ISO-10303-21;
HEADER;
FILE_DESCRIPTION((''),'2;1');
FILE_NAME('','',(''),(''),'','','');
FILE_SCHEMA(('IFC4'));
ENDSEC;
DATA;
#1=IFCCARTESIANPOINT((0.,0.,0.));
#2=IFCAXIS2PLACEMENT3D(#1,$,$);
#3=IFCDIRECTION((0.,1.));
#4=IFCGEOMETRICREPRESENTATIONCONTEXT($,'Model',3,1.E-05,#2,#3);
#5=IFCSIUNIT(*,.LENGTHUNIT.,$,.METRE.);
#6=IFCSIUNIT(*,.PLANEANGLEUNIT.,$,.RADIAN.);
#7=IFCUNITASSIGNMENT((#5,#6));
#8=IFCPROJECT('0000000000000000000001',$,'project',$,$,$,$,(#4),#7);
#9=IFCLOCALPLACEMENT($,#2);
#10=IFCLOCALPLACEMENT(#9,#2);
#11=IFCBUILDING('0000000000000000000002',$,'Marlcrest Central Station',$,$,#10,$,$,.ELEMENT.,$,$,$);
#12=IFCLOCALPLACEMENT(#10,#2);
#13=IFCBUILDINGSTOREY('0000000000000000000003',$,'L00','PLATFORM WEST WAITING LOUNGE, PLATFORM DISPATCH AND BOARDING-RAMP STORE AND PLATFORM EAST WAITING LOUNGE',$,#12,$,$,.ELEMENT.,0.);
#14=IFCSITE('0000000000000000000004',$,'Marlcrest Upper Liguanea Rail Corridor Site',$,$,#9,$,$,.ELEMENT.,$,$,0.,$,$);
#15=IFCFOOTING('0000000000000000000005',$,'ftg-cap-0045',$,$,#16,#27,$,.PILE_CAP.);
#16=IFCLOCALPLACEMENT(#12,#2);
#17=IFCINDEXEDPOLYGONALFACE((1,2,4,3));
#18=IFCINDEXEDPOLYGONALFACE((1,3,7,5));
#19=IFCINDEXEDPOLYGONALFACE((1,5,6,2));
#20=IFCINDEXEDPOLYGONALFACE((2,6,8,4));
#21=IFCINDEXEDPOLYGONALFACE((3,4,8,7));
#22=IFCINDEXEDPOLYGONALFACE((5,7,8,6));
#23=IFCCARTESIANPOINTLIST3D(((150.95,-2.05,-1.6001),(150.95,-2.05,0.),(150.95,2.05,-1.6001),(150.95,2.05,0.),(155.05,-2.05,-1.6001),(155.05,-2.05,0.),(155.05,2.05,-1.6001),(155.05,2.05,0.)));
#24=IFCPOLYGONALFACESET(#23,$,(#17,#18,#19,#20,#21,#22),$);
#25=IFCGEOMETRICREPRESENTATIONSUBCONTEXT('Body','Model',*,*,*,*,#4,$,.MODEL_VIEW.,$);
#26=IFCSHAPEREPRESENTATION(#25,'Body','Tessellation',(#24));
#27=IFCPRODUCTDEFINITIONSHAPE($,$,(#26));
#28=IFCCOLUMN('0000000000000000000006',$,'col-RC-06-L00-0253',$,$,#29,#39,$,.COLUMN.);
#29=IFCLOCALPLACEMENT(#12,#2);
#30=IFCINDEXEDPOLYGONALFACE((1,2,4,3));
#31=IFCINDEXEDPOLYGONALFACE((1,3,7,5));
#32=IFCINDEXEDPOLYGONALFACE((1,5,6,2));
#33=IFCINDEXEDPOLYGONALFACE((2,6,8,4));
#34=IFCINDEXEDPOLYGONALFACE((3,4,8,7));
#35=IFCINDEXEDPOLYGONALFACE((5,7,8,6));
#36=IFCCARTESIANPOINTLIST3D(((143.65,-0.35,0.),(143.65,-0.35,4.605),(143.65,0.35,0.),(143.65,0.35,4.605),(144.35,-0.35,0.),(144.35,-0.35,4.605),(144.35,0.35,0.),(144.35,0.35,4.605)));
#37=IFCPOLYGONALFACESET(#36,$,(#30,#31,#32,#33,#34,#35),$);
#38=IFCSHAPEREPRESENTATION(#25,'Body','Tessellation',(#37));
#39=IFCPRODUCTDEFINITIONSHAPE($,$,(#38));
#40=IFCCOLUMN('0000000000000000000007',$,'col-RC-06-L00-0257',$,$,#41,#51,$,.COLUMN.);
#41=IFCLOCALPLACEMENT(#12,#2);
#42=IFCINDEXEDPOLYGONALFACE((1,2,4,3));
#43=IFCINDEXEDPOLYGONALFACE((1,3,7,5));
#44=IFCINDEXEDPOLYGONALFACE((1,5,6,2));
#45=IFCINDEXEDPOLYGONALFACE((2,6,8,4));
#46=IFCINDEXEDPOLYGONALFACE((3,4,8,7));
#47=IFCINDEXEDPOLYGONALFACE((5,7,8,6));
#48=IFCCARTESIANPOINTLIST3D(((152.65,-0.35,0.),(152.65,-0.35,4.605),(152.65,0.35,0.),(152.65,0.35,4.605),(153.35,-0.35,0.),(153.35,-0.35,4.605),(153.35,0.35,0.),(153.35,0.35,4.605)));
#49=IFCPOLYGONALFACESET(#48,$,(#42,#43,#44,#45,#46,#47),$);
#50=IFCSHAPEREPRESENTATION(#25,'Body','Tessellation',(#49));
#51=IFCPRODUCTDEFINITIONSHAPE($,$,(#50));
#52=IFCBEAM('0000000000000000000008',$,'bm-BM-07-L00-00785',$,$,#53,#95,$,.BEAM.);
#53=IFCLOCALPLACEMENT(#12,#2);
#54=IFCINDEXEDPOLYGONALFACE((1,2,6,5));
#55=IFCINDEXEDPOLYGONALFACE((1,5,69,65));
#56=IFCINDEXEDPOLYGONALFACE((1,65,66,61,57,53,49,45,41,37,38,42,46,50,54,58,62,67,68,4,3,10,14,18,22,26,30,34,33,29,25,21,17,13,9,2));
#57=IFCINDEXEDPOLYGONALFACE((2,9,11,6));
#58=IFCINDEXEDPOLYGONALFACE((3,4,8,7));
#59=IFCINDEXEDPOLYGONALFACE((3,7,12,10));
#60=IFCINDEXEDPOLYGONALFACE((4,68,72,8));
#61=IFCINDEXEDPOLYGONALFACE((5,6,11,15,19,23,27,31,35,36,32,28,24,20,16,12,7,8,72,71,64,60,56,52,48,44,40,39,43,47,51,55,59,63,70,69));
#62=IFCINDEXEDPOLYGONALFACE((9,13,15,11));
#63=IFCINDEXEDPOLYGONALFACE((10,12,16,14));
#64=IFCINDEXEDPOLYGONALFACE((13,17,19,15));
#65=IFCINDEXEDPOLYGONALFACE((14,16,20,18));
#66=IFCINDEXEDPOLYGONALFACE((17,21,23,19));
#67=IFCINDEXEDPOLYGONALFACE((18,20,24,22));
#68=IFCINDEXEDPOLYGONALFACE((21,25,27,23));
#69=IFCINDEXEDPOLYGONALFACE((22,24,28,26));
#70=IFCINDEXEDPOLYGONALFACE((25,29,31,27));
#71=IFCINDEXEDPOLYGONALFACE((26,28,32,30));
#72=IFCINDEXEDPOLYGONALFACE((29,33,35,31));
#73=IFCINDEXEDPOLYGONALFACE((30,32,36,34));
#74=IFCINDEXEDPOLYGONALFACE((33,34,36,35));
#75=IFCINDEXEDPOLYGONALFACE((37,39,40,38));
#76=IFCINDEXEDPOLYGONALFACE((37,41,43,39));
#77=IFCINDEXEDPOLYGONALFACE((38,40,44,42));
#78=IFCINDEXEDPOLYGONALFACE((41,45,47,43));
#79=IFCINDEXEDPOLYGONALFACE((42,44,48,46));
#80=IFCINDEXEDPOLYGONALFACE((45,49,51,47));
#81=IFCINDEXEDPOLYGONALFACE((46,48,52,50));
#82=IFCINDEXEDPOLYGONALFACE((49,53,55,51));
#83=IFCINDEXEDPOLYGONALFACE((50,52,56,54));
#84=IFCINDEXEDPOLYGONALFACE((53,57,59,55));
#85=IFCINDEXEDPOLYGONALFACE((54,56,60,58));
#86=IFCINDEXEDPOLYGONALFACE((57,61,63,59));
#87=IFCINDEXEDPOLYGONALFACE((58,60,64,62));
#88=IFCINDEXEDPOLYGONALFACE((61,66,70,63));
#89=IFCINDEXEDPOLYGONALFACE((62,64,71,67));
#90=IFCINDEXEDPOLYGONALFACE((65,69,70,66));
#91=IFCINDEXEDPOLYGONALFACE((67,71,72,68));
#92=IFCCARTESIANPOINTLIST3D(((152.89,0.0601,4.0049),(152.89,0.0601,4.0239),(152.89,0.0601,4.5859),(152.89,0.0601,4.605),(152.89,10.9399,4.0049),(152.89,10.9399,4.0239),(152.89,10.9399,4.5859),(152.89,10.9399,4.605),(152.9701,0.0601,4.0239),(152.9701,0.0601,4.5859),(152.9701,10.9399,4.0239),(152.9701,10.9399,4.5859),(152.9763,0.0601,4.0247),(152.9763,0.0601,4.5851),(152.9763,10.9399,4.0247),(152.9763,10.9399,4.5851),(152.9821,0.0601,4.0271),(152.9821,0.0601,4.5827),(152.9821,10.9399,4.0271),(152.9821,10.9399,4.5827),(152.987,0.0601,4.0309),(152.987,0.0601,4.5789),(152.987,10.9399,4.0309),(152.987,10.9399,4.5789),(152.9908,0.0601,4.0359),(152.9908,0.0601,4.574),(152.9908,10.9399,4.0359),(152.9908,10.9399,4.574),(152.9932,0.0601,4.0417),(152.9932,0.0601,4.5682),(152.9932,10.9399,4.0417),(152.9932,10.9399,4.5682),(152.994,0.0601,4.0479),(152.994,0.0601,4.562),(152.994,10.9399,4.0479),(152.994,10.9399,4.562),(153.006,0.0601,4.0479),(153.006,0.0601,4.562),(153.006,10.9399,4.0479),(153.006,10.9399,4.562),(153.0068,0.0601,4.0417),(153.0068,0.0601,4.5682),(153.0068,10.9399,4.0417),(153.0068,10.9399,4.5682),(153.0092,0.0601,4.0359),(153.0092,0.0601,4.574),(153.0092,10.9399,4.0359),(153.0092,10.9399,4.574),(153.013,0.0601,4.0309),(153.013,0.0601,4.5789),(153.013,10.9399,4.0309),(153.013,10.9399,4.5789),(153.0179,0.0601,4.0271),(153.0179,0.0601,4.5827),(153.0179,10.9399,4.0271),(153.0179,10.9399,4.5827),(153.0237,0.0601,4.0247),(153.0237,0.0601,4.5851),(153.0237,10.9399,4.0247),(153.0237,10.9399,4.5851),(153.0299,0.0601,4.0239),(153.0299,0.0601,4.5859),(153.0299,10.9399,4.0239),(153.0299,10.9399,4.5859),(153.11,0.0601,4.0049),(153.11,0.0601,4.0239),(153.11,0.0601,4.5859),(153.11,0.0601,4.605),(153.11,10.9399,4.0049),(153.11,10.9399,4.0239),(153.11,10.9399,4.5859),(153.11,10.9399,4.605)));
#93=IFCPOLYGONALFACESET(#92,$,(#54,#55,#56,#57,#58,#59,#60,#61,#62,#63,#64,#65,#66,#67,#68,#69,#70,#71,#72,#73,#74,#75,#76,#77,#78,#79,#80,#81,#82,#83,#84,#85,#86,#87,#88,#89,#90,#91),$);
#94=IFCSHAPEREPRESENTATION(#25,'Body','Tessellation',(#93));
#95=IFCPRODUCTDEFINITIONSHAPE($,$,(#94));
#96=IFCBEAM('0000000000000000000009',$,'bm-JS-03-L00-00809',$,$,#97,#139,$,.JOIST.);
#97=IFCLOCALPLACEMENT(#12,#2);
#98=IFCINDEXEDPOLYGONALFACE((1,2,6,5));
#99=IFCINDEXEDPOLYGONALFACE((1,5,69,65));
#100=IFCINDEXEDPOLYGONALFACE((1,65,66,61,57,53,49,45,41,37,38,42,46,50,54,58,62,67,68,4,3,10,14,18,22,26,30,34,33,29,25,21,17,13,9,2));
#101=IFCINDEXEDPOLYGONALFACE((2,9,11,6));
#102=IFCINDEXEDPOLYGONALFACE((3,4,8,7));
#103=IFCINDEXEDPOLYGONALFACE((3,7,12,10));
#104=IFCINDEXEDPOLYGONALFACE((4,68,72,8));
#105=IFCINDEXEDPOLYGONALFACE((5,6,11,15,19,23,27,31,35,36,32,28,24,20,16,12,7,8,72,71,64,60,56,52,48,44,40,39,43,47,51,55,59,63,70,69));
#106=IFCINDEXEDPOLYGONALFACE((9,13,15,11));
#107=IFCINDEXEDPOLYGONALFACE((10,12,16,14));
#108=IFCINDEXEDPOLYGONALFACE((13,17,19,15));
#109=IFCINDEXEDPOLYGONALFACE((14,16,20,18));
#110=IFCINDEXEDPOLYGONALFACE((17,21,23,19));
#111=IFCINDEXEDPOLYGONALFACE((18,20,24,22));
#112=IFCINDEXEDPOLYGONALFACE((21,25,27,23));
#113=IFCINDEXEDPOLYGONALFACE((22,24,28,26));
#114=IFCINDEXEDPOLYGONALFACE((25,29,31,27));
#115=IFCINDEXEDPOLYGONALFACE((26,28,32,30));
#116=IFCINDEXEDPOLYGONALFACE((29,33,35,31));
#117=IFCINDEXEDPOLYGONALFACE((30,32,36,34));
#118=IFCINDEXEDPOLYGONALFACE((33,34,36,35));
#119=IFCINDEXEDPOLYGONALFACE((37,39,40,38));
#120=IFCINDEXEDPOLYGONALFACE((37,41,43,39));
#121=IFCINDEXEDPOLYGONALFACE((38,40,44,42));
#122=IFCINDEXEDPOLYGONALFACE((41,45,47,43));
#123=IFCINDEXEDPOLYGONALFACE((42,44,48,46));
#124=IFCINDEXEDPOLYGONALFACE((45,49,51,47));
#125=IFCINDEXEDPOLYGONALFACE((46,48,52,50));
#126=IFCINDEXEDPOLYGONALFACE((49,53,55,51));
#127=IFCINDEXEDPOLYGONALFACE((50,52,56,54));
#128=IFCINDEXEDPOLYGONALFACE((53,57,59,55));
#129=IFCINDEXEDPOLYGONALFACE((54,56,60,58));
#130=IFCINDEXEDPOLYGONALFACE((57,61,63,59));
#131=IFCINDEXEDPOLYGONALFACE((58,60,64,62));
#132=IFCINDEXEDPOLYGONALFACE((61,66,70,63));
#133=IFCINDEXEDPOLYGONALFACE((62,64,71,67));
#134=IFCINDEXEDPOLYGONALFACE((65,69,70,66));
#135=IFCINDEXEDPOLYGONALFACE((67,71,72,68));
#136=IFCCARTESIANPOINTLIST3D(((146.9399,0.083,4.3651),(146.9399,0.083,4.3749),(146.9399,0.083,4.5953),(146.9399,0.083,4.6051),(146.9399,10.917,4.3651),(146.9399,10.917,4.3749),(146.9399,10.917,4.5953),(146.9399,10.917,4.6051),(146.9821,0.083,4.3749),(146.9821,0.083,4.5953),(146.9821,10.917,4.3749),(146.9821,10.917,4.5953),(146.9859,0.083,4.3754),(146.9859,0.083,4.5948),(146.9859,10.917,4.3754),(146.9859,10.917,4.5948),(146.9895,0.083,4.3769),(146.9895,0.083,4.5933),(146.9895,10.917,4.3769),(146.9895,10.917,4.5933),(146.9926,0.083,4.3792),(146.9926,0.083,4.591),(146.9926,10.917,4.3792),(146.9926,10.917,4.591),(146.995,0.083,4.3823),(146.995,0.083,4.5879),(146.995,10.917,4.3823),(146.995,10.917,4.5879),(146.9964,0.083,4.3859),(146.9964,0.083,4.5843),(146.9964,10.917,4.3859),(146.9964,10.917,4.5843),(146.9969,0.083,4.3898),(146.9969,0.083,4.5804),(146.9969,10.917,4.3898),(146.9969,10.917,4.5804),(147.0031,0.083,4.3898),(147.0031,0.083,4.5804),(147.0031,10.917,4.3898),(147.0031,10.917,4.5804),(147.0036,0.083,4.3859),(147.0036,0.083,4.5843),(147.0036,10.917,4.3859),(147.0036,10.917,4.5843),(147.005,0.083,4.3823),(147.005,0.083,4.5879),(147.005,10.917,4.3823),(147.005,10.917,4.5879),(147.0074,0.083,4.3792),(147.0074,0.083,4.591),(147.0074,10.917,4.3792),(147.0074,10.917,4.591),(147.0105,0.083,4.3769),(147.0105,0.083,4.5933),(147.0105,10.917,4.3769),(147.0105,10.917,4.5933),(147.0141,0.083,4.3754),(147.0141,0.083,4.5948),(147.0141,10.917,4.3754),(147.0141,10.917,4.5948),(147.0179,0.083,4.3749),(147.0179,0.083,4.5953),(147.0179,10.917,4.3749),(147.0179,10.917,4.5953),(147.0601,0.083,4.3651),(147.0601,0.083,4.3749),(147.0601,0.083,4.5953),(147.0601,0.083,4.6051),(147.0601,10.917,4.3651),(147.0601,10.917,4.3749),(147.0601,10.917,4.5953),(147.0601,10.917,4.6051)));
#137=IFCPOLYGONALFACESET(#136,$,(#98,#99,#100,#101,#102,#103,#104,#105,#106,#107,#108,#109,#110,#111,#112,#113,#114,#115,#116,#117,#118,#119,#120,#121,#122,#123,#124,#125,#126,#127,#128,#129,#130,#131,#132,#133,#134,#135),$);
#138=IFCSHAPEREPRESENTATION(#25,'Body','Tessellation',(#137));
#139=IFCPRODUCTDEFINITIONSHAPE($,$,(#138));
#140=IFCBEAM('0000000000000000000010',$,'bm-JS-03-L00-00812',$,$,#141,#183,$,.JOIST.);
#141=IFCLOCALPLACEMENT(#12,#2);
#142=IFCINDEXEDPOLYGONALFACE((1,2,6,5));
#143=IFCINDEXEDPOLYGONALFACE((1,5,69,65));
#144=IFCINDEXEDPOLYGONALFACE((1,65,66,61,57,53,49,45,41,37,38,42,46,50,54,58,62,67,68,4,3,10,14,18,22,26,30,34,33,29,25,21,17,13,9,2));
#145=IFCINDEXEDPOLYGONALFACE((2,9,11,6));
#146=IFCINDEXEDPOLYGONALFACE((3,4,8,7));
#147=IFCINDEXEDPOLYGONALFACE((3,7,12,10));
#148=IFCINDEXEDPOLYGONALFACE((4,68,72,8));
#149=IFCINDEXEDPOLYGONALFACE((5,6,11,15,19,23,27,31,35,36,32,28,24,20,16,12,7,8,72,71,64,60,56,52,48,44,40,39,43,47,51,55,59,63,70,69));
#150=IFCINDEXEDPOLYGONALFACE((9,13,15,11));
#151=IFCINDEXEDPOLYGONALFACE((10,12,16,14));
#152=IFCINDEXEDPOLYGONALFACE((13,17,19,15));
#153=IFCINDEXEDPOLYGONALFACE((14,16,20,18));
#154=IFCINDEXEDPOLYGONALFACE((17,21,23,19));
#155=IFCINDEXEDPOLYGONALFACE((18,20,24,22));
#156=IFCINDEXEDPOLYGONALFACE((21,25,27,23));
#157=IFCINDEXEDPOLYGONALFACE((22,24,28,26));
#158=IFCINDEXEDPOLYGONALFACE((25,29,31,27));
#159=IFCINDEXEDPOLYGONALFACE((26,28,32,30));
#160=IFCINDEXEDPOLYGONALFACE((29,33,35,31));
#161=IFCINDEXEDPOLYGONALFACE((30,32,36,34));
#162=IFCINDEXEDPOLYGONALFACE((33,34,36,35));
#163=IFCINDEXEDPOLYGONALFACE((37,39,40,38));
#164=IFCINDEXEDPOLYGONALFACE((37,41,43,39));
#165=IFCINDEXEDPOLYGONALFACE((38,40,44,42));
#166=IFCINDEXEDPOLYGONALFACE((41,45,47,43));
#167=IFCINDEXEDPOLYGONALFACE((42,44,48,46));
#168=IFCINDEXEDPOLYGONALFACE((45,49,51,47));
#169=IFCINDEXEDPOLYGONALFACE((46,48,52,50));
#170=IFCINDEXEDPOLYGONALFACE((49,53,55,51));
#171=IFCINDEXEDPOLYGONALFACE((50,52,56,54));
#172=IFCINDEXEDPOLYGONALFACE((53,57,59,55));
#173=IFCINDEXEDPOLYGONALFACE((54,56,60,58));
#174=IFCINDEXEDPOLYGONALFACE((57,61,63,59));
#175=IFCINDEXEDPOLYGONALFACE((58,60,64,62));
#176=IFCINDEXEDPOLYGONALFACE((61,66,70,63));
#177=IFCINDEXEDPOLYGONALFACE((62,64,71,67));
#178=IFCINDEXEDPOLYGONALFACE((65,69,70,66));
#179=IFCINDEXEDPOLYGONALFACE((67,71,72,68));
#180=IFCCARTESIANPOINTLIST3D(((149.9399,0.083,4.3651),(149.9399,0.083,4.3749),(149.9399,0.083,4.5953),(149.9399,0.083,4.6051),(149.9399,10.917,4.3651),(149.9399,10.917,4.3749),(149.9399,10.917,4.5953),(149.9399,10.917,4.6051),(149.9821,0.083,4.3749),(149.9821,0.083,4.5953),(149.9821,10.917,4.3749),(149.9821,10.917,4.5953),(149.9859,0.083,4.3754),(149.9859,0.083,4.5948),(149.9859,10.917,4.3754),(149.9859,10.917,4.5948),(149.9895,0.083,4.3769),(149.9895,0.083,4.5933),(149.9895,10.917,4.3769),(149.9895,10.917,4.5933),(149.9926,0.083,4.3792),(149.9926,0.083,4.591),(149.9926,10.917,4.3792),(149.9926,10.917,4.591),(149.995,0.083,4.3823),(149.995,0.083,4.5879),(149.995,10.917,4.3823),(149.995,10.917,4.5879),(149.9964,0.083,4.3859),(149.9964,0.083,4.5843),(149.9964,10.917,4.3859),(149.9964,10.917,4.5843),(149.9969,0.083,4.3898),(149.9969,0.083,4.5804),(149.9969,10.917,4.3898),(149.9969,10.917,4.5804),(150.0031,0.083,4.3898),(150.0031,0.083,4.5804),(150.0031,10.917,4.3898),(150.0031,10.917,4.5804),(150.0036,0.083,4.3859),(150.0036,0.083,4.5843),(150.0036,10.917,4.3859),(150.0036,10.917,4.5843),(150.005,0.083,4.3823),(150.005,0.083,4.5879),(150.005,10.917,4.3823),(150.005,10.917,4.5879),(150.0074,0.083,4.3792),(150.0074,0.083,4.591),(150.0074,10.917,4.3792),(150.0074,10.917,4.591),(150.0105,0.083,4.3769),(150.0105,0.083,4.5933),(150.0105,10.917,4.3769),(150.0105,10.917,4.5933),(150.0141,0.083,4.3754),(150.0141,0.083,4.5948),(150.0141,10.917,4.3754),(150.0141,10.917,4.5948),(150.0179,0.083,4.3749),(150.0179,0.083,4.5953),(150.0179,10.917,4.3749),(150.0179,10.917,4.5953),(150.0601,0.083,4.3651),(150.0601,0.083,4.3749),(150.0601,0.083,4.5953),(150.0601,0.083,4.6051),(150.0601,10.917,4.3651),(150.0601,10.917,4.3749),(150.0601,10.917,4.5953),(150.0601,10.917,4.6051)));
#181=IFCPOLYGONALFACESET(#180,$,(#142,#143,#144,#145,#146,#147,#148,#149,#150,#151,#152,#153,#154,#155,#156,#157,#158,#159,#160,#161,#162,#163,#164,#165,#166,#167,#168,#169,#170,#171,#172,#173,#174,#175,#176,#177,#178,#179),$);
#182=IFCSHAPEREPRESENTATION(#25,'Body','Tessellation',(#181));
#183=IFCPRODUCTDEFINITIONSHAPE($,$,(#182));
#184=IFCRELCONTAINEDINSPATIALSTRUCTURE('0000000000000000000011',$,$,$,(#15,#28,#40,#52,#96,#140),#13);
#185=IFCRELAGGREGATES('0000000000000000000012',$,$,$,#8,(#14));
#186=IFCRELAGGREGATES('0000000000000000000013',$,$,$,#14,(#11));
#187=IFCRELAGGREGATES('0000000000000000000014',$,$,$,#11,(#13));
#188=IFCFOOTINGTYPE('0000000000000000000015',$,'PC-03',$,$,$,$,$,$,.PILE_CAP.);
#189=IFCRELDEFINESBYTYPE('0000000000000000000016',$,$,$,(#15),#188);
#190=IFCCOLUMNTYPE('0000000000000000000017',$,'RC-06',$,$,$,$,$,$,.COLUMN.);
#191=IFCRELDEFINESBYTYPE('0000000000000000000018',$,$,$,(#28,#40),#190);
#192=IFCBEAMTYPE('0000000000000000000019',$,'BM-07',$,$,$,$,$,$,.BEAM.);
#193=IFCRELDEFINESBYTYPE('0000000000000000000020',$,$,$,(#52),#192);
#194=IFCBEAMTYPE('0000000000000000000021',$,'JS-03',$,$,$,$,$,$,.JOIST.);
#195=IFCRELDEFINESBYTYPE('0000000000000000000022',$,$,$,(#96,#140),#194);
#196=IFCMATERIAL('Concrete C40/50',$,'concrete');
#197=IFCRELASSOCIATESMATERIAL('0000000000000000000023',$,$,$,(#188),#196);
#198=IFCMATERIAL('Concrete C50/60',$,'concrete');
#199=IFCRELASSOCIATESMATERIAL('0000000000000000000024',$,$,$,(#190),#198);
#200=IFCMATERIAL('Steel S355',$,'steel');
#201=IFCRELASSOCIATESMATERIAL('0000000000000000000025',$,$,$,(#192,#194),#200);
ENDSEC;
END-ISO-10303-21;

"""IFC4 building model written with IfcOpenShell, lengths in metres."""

from ifc_helpers import new_model, si_unit, direction, frame, origin, origin_2d, place, context, subcontext, project, spatial, rectangle, i_section, extrude, material, material_profile, profile_set, type_object, element, save


model = new_model("IFC4")

# Units and contexts
model_context = context("Model", 3, precision=1e-05, world=origin(), true_north=direction((0.0, 1.0)))
body_context = subcontext(model_context, "Body", "Model", "MODEL_VIEW")
ifc_project = project(units=[si_unit("LENGTHUNIT", "METRE"), si_unit("PLANEANGLEUNIT", "RADIAN")], contexts=[model_context])

# Site, building, storey
site_placement = place(None, origin())
site = spatial("IfcSite", under=ifc_project, at=site_placement, Name="Marlcrest Upper Liguanea Rail Corridor Site", CompositionType="ELEMENT", RefElevation=0.0)
building_placement = place(site_placement, origin())
building = spatial("IfcBuilding", under=site, at=building_placement, Name="Marlcrest Central Station", CompositionType="ELEMENT")
storey_placement = place(building_placement, origin())
storey = spatial("IfcBuildingStorey", under=building, at=storey_placement, Name="L00", Description="PLATFORM WEST WAITING LOUNGE, PLATFORM DISPATCH AND BOARDING-RAMP STORE AND PLATFORM EAST WAITING LOUNGE", CompositionType="ELEMENT", Elevation=0.0)

# Footing
ifc_material_1 = material(Name="Concrete C40/50", Category="concrete")
footing_type_1 = type_object("IfcFootingType", Name="PC-03", PredefinedType="PILE_CAP", material=ifc_material_1)
for number, where, z_axis, x_axis, name in (
    (1, (153.0, 0.0, -1.6001), (0.0, 0.0, 1.0), (1.0, 0.0, 0.0), "ftg-cap-0045"),
):
    element("IfcFooting", number, at=place(storey_placement, frame(where, z_axis=z_axis, x_axis=x_axis)), inside=storey, type_object=footing_type_1, Name=name, PredefinedType="PILE_CAP", context=body_context, shape_type="SweptSolid", body=[
        extrude(rectangle(XDim=4.1001, YDim=4.1001, at=origin_2d()), origin(), (0.0, 0.0, 1.0), 1.6001),
    ])

# Columns
ifc_material_2 = material(Name="Concrete C50/60", Category="concrete")
ifc_material_profile_1 = material_profile(ifc_material_2, rectangle(XDim=0.7, YDim=0.7, at=origin_2d()), Name="RC 700x700")
ifc_profile_set_1 = profile_set([ifc_material_profile_1], Name="Concrete C50/60")
column_type = type_object("IfcColumnType", Name="RC-06", PredefinedType="COLUMN", material=ifc_profile_set_1)
for number, where, z_axis, x_axis, name in (
    (2, (144.0, 0.0, 0.0), (0.0, 0.0, 1.0), (1.0, 0.0, 0.0), "col-RC-06-L00-0253"),
    (3, (153.0, 0.0, 0.0), (0.0, 0.0, 1.0), (1.0, 0.0, 0.0), "col-RC-06-L00-0257"),
):
    element("IfcColumn", number, at=place(storey_placement, frame(where, z_axis=z_axis, x_axis=x_axis)), inside=storey, type_object=column_type, Name=name, PredefinedType="COLUMN", context=body_context, shape_type="SweptSolid", body=[
        extrude(rectangle(XDim=0.7, YDim=0.7, at=origin_2d()), origin(), (0.0, 0.0, 1.0), 4.605),
    ])

# Beams
ifc_material_3 = material(Name="Steel S355", Category="steel")
ifc_material_profile_2 = material_profile(ifc_material_3, i_section(OverallWidth=0.22, OverallDepth=0.6001, WebThickness=0.012, FlangeThickness=0.019, FilletRadius=0.0239, at=origin_2d()), Name="IPE 600")
ifc_profile_set_2 = profile_set([ifc_material_profile_2], Name="Steel S355")
beam_type_1 = type_object("IfcBeamType", Name="BM-07", PredefinedType="BEAM", material=ifc_profile_set_2)
beam_1_placement = place(storey_placement, frame((153.0, 0.0601, 4.3049), z_axis=(0.0, 1.0, 0.0), x_axis=(-1.0, 0.0, 0.0)))
element("IfcBeam", 4, at=beam_1_placement, inside=storey, type_object=beam_type_1, Name="bm-BM-07-L00-00785", PredefinedType="BEAM", context=body_context, shape_type="SweptSolid", body=[
    extrude(i_section(OverallWidth=0.22, OverallDepth=0.6001, WebThickness=0.012, FlangeThickness=0.019, FilletRadius=0.0239, at=origin_2d()), origin(), (0.0, 0.0, 1.0), 10.8799),
])
ifc_material_profile_3 = material_profile(ifc_material_3, i_section(OverallWidth=0.1201, OverallDepth=0.24, WebThickness=0.0061, FlangeThickness=0.0098, FilletRadius=0.0149, at=origin_2d()), Name="IPE 240")
ifc_profile_set_3 = profile_set([ifc_material_profile_3], Name="Steel S355")
beam_type_2 = type_object("IfcBeamType", Name="JS-03", PredefinedType="JOIST", material=ifc_profile_set_3)
for number, where, z_axis, x_axis, name in (
    (5, (147.0, 0.083, 4.4851), (0.0, 1.0, 0.0), (-1.0, 0.0, 0.0), "bm-JS-03-L00-00809"),
    (6, (150.0, 0.083, 4.4851), (0.0, 1.0, 0.0), (-1.0, 0.0, 0.0), "bm-JS-03-L00-00812"),
):
    element("IfcBeam", number, at=place(storey_placement, frame(where, z_axis=z_axis, x_axis=x_axis)), inside=storey, type_object=beam_type_2, Name=name, PredefinedType="JOIST", context=body_context, shape_type="SweptSolid", body=[
        extrude(i_section(OverallWidth=0.1201, OverallDepth=0.24, WebThickness=0.0061, FlangeThickness=0.0098, FilletRadius=0.0149, at=origin_2d()), origin(), (0.0, 0.0, 1.0), 10.834),
    ])

save(model, "model.ifc")
